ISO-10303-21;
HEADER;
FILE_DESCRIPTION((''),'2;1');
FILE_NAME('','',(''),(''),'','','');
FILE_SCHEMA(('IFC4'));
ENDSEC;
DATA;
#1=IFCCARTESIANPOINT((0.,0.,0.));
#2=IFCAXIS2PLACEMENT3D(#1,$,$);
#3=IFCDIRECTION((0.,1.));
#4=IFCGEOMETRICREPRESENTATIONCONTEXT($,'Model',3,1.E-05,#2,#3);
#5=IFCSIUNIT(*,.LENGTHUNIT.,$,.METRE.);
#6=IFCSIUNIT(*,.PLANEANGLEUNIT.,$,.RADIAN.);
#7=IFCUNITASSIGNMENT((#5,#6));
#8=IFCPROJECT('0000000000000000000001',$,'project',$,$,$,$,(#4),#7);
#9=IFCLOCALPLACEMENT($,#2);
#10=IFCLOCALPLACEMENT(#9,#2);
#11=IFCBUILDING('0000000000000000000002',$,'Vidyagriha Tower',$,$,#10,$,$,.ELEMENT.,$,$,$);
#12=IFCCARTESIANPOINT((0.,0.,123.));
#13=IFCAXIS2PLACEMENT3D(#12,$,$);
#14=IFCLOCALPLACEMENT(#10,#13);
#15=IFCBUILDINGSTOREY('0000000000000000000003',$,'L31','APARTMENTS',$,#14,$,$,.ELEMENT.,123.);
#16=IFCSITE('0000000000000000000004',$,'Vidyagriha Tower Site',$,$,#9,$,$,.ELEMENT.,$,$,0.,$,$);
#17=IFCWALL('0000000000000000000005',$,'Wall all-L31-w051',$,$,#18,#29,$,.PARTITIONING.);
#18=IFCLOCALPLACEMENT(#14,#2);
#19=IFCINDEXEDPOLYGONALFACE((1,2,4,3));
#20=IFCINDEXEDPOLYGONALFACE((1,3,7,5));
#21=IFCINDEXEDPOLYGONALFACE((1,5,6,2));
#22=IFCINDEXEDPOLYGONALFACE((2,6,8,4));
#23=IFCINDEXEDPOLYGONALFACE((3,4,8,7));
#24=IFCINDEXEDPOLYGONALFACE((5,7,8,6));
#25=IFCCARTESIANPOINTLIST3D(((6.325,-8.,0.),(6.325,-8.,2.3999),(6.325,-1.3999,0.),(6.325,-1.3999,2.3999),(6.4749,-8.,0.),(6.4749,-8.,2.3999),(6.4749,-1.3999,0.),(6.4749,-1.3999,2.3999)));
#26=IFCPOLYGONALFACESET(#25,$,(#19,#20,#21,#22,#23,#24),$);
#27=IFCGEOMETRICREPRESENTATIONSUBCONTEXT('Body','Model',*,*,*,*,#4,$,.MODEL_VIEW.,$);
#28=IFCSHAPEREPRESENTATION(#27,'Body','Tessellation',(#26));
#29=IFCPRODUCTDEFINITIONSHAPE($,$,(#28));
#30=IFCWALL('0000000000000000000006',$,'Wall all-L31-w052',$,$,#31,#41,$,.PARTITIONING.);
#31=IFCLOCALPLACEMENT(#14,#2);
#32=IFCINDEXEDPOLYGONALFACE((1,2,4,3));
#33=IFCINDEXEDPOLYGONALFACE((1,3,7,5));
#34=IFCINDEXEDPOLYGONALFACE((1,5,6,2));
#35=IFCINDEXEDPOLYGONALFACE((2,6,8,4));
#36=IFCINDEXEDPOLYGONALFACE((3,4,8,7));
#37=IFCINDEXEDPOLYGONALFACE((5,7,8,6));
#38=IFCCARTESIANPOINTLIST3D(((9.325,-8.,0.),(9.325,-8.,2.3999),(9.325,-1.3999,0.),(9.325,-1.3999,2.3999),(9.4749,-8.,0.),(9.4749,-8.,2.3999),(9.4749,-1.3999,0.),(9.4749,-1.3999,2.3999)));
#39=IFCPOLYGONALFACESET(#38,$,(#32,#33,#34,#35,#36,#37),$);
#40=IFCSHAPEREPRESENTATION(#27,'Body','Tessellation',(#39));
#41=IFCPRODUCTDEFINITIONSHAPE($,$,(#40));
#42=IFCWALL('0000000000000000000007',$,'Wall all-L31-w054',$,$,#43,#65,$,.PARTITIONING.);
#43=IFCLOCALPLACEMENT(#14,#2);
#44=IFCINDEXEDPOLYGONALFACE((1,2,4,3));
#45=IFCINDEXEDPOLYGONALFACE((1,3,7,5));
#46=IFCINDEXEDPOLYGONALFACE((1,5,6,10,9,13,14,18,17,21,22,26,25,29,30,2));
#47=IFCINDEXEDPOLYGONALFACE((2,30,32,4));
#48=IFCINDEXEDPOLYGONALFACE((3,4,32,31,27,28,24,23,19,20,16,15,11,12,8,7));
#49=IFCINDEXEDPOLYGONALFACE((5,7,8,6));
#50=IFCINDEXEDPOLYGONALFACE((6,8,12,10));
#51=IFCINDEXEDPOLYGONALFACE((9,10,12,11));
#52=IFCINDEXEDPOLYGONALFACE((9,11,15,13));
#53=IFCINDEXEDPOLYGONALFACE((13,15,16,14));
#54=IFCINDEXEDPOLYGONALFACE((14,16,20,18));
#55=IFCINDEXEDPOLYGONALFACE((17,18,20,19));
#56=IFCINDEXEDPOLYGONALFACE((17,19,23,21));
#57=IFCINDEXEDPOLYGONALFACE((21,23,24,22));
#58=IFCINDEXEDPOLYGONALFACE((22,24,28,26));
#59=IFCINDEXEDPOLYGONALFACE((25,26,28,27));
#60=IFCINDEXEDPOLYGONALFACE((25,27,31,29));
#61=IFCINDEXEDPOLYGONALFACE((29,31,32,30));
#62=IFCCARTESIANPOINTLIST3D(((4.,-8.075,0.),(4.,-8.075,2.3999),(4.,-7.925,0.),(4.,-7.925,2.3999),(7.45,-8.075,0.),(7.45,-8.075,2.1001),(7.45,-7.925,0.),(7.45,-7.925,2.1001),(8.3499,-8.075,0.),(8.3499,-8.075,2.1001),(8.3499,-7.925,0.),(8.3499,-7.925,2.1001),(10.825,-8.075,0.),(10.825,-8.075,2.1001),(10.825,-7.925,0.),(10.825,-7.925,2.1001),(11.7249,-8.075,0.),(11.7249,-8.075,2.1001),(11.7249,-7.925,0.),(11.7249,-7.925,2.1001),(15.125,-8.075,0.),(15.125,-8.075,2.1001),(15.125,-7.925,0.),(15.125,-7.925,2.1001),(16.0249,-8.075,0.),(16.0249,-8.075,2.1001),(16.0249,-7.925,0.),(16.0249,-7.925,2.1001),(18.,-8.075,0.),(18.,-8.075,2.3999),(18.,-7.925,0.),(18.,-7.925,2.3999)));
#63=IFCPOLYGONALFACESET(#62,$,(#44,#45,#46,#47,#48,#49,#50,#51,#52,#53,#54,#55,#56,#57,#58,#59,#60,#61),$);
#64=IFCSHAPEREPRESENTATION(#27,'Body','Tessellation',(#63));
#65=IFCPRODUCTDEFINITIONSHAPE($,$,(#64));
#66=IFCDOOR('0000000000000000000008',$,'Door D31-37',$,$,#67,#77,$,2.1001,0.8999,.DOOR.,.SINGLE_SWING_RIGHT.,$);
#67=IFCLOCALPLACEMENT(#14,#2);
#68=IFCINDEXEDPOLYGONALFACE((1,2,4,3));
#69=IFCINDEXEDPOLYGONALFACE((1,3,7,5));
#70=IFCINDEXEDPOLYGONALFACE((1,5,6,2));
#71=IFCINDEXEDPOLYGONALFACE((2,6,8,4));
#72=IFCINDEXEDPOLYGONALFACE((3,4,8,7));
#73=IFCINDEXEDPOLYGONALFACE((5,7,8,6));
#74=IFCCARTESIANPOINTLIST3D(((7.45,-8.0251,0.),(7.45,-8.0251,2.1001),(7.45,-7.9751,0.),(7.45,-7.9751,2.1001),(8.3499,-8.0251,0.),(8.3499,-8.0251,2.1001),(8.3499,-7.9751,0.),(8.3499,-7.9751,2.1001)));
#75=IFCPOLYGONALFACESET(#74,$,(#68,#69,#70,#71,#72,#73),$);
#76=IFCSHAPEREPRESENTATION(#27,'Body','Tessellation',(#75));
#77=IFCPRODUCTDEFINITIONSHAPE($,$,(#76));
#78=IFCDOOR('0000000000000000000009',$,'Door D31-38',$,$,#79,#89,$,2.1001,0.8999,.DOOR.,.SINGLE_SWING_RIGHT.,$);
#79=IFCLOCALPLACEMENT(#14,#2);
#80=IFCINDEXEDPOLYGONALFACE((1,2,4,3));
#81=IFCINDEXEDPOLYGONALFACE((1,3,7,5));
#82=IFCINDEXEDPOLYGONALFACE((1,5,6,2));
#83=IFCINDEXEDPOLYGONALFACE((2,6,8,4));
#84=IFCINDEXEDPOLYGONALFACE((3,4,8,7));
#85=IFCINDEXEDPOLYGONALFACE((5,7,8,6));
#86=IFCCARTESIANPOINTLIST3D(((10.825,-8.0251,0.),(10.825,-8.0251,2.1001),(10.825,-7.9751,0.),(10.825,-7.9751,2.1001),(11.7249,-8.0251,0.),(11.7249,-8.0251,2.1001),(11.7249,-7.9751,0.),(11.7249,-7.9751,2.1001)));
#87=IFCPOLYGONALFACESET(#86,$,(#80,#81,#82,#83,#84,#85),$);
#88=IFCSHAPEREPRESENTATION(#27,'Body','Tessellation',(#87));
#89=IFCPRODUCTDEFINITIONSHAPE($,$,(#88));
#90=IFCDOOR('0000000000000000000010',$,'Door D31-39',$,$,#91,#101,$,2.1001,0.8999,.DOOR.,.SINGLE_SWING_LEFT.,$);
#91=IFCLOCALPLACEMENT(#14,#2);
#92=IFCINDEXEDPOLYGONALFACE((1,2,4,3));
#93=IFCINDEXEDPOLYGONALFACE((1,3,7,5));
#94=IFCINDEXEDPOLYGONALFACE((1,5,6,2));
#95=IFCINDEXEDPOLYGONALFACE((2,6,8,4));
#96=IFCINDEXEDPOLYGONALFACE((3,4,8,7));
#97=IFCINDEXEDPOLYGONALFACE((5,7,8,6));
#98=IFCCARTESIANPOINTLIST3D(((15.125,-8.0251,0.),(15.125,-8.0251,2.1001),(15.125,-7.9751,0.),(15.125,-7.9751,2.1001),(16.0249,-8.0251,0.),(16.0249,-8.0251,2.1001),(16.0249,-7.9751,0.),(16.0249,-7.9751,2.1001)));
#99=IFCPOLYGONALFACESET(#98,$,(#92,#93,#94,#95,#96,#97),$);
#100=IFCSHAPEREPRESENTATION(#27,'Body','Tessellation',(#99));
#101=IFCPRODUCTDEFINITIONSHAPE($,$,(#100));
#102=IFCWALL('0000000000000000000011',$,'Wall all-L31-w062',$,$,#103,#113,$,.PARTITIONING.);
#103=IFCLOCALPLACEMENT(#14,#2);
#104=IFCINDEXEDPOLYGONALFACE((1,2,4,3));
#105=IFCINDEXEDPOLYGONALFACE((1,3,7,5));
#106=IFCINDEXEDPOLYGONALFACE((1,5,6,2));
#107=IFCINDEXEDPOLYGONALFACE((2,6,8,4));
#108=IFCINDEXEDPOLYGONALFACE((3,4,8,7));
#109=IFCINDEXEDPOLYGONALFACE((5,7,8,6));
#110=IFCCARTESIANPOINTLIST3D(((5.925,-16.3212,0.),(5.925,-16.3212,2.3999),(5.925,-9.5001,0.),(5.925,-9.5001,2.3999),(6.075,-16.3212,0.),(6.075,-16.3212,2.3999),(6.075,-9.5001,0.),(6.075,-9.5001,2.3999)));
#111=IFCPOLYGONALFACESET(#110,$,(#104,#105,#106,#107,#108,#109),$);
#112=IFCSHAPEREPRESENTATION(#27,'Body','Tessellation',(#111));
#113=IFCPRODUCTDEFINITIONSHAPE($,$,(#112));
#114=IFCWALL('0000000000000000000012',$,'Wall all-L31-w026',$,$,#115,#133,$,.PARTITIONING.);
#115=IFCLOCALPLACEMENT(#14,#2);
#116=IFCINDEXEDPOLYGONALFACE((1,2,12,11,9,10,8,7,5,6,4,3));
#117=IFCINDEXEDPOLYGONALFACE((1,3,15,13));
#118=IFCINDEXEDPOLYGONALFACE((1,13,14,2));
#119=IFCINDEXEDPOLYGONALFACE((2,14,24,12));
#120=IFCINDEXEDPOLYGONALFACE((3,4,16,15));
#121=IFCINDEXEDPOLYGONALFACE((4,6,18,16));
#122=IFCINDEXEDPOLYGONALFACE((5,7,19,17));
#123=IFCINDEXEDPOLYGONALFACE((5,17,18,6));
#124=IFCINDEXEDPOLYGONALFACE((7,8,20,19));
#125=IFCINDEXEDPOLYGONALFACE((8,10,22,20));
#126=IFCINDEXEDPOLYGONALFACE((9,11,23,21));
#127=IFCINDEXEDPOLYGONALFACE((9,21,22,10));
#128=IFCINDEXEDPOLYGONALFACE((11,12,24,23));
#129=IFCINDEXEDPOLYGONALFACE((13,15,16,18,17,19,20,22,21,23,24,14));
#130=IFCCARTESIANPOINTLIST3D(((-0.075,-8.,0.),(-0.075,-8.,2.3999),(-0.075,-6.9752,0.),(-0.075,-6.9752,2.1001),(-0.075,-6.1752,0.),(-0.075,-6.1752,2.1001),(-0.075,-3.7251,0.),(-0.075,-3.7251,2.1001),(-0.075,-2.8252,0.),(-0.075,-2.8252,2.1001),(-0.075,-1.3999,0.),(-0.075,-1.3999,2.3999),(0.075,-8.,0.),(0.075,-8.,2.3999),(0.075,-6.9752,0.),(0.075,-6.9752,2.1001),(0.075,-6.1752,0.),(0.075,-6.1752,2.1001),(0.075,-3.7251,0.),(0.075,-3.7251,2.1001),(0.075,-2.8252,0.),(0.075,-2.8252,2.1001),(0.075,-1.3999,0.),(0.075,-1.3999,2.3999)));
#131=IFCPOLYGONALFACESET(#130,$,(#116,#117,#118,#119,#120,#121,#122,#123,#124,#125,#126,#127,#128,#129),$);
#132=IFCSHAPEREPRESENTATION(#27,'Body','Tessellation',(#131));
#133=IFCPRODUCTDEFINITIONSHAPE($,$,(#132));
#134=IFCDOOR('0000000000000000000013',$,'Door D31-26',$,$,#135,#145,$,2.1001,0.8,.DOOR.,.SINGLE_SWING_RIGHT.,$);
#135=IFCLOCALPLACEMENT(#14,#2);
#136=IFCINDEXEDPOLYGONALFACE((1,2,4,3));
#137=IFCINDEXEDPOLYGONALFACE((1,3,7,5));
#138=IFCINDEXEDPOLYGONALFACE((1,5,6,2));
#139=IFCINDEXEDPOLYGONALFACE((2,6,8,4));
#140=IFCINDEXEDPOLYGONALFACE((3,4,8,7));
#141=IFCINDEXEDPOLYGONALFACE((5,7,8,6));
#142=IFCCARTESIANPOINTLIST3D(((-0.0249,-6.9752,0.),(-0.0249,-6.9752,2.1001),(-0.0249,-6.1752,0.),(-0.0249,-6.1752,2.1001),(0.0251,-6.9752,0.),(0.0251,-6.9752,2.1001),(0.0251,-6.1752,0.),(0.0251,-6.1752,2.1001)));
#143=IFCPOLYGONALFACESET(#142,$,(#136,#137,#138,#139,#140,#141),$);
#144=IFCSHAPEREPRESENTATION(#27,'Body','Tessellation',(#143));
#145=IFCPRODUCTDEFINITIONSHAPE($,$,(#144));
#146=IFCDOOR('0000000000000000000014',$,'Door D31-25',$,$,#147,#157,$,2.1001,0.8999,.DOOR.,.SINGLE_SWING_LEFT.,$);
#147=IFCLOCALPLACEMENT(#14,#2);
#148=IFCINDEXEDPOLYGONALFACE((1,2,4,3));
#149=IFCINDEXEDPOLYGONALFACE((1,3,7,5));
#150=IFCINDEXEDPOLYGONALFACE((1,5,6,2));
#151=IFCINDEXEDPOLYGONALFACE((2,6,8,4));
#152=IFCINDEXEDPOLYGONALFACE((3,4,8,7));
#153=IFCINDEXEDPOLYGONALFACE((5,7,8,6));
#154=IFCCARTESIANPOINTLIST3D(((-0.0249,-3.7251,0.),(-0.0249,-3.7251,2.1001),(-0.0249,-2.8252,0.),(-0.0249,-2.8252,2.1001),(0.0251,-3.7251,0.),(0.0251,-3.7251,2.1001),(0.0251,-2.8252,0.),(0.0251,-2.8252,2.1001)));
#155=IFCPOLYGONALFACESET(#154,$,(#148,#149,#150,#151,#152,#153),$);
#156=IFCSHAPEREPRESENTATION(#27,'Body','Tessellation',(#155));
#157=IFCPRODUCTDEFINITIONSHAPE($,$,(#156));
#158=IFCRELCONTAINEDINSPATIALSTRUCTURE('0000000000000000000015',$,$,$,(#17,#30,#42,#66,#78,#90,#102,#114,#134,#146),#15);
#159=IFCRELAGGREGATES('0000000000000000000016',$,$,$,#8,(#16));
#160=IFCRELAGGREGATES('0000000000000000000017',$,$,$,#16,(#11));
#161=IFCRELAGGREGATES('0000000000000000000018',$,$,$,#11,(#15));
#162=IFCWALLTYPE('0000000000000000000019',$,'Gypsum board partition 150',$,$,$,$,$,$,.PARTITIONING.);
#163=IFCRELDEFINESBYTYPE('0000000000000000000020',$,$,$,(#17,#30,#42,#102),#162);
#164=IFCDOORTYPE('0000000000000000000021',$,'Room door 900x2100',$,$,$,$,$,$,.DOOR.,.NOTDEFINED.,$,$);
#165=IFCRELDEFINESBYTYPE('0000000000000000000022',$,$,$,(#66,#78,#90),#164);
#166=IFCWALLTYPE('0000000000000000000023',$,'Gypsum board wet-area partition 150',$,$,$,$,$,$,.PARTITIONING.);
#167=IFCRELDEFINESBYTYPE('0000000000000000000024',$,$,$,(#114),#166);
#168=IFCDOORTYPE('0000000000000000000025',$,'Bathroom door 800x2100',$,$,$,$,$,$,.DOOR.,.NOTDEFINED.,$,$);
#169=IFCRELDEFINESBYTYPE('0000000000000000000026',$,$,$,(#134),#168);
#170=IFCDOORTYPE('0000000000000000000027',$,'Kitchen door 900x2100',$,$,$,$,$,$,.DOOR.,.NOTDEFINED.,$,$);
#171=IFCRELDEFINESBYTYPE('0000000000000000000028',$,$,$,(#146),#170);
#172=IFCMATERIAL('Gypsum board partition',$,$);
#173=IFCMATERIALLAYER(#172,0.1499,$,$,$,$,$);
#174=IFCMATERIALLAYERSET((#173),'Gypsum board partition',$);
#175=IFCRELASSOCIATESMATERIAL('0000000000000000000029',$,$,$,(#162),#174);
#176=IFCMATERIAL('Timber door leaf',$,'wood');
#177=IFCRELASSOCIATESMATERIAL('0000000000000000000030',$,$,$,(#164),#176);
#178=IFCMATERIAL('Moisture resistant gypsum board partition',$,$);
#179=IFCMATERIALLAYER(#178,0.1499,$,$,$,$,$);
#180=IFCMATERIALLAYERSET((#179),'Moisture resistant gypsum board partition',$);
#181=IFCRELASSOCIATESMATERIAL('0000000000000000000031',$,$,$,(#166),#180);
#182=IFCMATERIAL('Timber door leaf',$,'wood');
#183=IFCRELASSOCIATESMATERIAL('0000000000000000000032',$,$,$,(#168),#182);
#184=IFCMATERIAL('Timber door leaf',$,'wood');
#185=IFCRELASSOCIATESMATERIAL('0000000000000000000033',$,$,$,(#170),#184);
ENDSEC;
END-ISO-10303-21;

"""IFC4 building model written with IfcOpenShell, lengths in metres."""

from ifc_helpers import new_model, si_unit, direction, frame, frame_2d, origin, place, context, subcontext, project, spatial, rectangle, extrude, material, layer, layer_set, type_object, element, fill, save


model = new_model("IFC4")

# Units and contexts
model_context = context("Model", 3, precision=1e-05, world=origin(), true_north=direction((0.0, 1.0)))
body_context = subcontext(model_context, "Body", "Model", "MODEL_VIEW")
ifc_project = project(units=[si_unit("LENGTHUNIT", "METRE"), si_unit("PLANEANGLEUNIT", "RADIAN")], contexts=[model_context])

# Site, building, storey
site_placement = place(None, origin())
site = spatial("IfcSite", under=ifc_project, at=site_placement, Name="Vidyagriha Tower Site", CompositionType="ELEMENT", RefElevation=0.0)
building_placement = place(site_placement, origin())
building = spatial("IfcBuilding", under=site, at=building_placement, Name="Vidyagriha Tower", CompositionType="ELEMENT")
storey_placement = place(building_placement, frame((0.0, 0.0, 123.0)))
storey = spatial("IfcBuildingStorey", under=building, at=storey_placement, Name="L31", Description="APARTMENTS", CompositionType="ELEMENT", Elevation=123.0)

# Shared definitions
ifc_material_1 = material(Name="Gypsum board partition")
ifc_layer_1 = layer(ifc_material_1, 0.1499)
ifc_layer_set_1 = layer_set([ifc_layer_1], Name="Gypsum board partition")
wall_type_1 = type_object("IfcWallType", Name="Gypsum board partition 150", PredefinedType="PARTITIONING", material=ifc_layer_set_1)

# Shared definitions
ifc_material_2 = material(Name="Timber door leaf", Category="wood")
door_type_1 = type_object("IfcDoorType", Name="Room door 900x2100", OperationType="NOTDEFINED", PredefinedType="DOOR", material=ifc_material_2)

# Walls
for number, where, z_axis, x_axis, name in (
    (1, (6.3999, -1.3999, 0.0), (0.0, 0.0, 1.0), (0.0, -1.0, 0.0), "Wall all-L31-w051"),
    (2, (9.3999, -1.3999, 0.0), (0.0, 0.0, 1.0), (0.0, -1.0, 0.0), "Wall all-L31-w052"),
):
    element("IfcWall", number, at=place(storey_placement, frame(where, z_axis=z_axis, x_axis=x_axis)), inside=storey, type_object=wall_type_1, Name=name, PredefinedType="PARTITIONING", context=body_context, shape_type="SweptSolid", body=[
        extrude(rectangle(XDim=6.6001, YDim=0.1499, at=frame_2d((3.3, 0.0))), origin(), (0.0, 0.0, 1.0), 2.3999),
    ])

# Wall, openings, doors
wall_1_placement = place(storey_placement, frame((4.0, -8.0, 0.0)))
wall_1 = element("IfcWall", 3, at=wall_1_placement, inside=storey, type_object=wall_type_1, Name="Wall all-L31-w054", PredefinedType="PARTITIONING", context=body_context, shape_type="SweptSolid", body=[
    extrude(rectangle(XDim=14.0, YDim=0.1499, at=frame_2d((7.0, 0.0))), origin(), (0.0, 0.0, 1.0), 2.3999),
])
opening_1_placement = place(wall_1_placement, frame((3.45, 0.0, 0.0)))
opening_1 = element("IfcOpeningElement", 4, at=opening_1_placement, cuts=wall_1, PredefinedType="OPENING", context=body_context, shape_type="SweptSolid", body=[
    extrude(rectangle(XDim=0.8999, YDim=2.1001, at=frame_2d((0.45, 1.05))), frame((0.0, 0.085, 0.0), z_axis=(0.0, -1.0, 0.0), x_axis=(1.0, 0.0, 0.0)), (0.0, 0.0, 1.0), 0.1699),
])
opening_2_placement = place(wall_1_placement, frame((6.825, 0.0, 0.0)))
opening_2 = element("IfcOpeningElement", 5, at=opening_2_placement, cuts=wall_1, PredefinedType="OPENING", context=body_context, shape_type="SweptSolid", body=[
    extrude(rectangle(XDim=0.8999, YDim=2.1001, at=frame_2d((0.45, 1.05))), frame((0.0, 0.085, 0.0), z_axis=(0.0, -1.0, 0.0), x_axis=(1.0, 0.0, 0.0)), (0.0, 0.0, 1.0), 0.1699),
])
opening_3_placement = place(wall_1_placement, frame((11.125, 0.0, 0.0)))
opening_3 = element("IfcOpeningElement", 6, at=opening_3_placement, cuts=wall_1, PredefinedType="OPENING", context=body_context, shape_type="SweptSolid", body=[
    extrude(rectangle(XDim=0.8999, YDim=2.1001, at=frame_2d((0.45, 1.05))), frame((0.0, 0.085, 0.0), z_axis=(0.0, -1.0, 0.0), x_axis=(1.0, 0.0, 0.0)), (0.0, 0.0, 1.0), 0.1699),
])
door_1_placement = place(opening_1_placement, origin())
door_1 = element("IfcDoor", 7, at=door_1_placement, inside=storey, type_object=door_type_1, Name="Door D31-37", OperationType="SINGLE_SWING_RIGHT", OverallHeight=2.1001, OverallWidth=0.8999, PredefinedType="DOOR", context=body_context, shape_type="SweptSolid", body=[
    extrude(rectangle(XDim=0.8999, YDim=2.1001, at=frame_2d((0.45, 1.05))), frame((0.0, 0.0249, 0.0), z_axis=(0.0, -1.0, 0.0), x_axis=(1.0, 0.0, 0.0)), (0.0, 0.0, 1.0), 0.05),
])
fill(opening_1, door_1)
door_2_placement = place(opening_2_placement, origin())
door_2 = element("IfcDoor", 8, at=door_2_placement, inside=storey, type_object=door_type_1, Name="Door D31-38", OperationType="SINGLE_SWING_RIGHT", OverallHeight=2.1001, OverallWidth=0.8999, PredefinedType="DOOR", context=body_context, shape_type="SweptSolid", body=[
    extrude(rectangle(XDim=0.8999, YDim=2.1001, at=frame_2d((0.45, 1.05))), frame((0.0, 0.0249, 0.0), z_axis=(0.0, -1.0, 0.0), x_axis=(1.0, 0.0, 0.0)), (0.0, 0.0, 1.0), 0.05),
])
fill(opening_2, door_2)
door_3_placement = place(opening_3_placement, origin())
door_3 = element("IfcDoor", 9, at=door_3_placement, inside=storey, type_object=door_type_1, Name="Door D31-39", OperationType="SINGLE_SWING_LEFT", OverallHeight=2.1001, OverallWidth=0.8999, PredefinedType="DOOR", context=body_context, shape_type="SweptSolid", body=[
    extrude(rectangle(XDim=0.8999, YDim=2.1001, at=frame_2d((0.45, 1.05))), frame((0.0, 0.0249, 0.0), z_axis=(0.0, -1.0, 0.0), x_axis=(1.0, 0.0, 0.0)), (0.0, 0.0, 1.0), 0.05),
])
fill(opening_3, door_3)

# Wall
wall_2_placement = place(storey_placement, frame((6.0, -9.5, 0.0), z_axis=(0.0, 0.0, 1.0), x_axis=(0.0, -1.0, 0.0)))
element("IfcWall", 10, at=wall_2_placement, inside=storey, type_object=wall_type_1, Name="Wall all-L31-w062", PredefinedType="PARTITIONING", context=body_context, shape_type="SweptSolid", body=[
    extrude(rectangle(XDim=6.821, YDim=0.1499, at=frame_2d((3.4106, 0.0))), origin(), (0.0, 0.0, 1.0), 2.3999),
])

# Wall, openings, doors
ifc_material_3 = material(Name="Moisture resistant gypsum board partition")
ifc_layer_2 = layer(ifc_material_3, 0.1499)
ifc_layer_set_2 = layer_set([ifc_layer_2], Name="Moisture resistant gypsum board partition")
wall_type_2 = type_object("IfcWallType", Name="Gypsum board wet-area partition 150", PredefinedType="PARTITIONING", material=ifc_layer_set_2)
wall_3_placement = place(storey_placement, frame((0.0, -8.0, 0.0), z_axis=(0.0, 0.0, 1.0), x_axis=(0.0, 1.0, 0.0)))
wall_3 = element("IfcWall", 11, at=wall_3_placement, inside=storey, type_object=wall_type_2, Name="Wall all-L31-w026", PredefinedType="PARTITIONING", context=body_context, shape_type="SweptSolid", body=[
    extrude(rectangle(XDim=6.6001, YDim=0.1499, at=frame_2d((3.3, 0.0))), origin(), (0.0, 0.0, 1.0), 2.3999),
])
opening_4_placement = place(wall_3_placement, frame((4.2749, 0.0, 0.0)))
opening_4 = element("IfcOpeningElement", 12, at=opening_4_placement, cuts=wall_3, PredefinedType="OPENING", context=body_context, shape_type="SweptSolid", body=[
    extrude(rectangle(XDim=0.8999, YDim=2.1001, at=frame_2d((0.45, 1.05))), frame((0.0, 0.085, 0.0), z_axis=(0.0, -1.0, 0.0), x_axis=(1.0, 0.0, 0.0)), (0.0, 0.0, 1.0), 0.1699),
])
opening_5_placement = place(wall_3_placement, frame((1.0249, 0.0, 0.0)))
opening_5 = element("IfcOpeningElement", 13, at=opening_5_placement, cuts=wall_3, PredefinedType="OPENING", context=body_context, shape_type="SweptSolid", body=[
    extrude(rectangle(XDim=0.8, YDim=2.1001, at=frame_2d((0.3999, 1.05))), frame((0.0, 0.085, 0.0), z_axis=(0.0, -1.0, 0.0), x_axis=(1.0, 0.0, 0.0)), (0.0, 0.0, 1.0), 0.1699),
])
ifc_material_4 = material(Name="Timber door leaf", Category="wood")
door_type_2 = type_object("IfcDoorType", Name="Bathroom door 800x2100", OperationType="NOTDEFINED", PredefinedType="DOOR", material=ifc_material_4)
door_4_placement = place(opening_5_placement, origin())
door_4 = element("IfcDoor", 14, at=door_4_placement, inside=storey, type_object=door_type_2, Name="Door D31-26", OperationType="SINGLE_SWING_RIGHT", OverallHeight=2.1001, OverallWidth=0.8, PredefinedType="DOOR", context=body_context, shape_type="SweptSolid", body=[
    extrude(rectangle(XDim=0.8, YDim=2.1001, at=frame_2d((0.3999, 1.05))), frame((0.0, 0.0249, 0.0), z_axis=(0.0, -1.0, 0.0), x_axis=(1.0, 0.0, 0.0)), (0.0, 0.0, 1.0), 0.05),
])
fill(opening_5, door_4)
ifc_material_5 = material(Name="Timber door leaf", Category="wood")
door_type_3 = type_object("IfcDoorType", Name="Kitchen door 900x2100", OperationType="NOTDEFINED", PredefinedType="DOOR", material=ifc_material_5)
door_5_placement = place(opening_4_placement, origin())
door_5 = element("IfcDoor", 15, at=door_5_placement, inside=storey, type_object=door_type_3, Name="Door D31-25", OperationType="SINGLE_SWING_LEFT", OverallHeight=2.1001, OverallWidth=0.8999, PredefinedType="DOOR", context=body_context, shape_type="SweptSolid", body=[
    extrude(rectangle(XDim=0.8999, YDim=2.1001, at=frame_2d((0.45, 1.05))), frame((0.0, 0.0249, 0.0), z_axis=(0.0, -1.0, 0.0), x_axis=(1.0, 0.0, 0.0)), (0.0, 0.0, 1.0), 0.05),
])
fill(opening_4, door_5)

save(model, "model.ifc")
